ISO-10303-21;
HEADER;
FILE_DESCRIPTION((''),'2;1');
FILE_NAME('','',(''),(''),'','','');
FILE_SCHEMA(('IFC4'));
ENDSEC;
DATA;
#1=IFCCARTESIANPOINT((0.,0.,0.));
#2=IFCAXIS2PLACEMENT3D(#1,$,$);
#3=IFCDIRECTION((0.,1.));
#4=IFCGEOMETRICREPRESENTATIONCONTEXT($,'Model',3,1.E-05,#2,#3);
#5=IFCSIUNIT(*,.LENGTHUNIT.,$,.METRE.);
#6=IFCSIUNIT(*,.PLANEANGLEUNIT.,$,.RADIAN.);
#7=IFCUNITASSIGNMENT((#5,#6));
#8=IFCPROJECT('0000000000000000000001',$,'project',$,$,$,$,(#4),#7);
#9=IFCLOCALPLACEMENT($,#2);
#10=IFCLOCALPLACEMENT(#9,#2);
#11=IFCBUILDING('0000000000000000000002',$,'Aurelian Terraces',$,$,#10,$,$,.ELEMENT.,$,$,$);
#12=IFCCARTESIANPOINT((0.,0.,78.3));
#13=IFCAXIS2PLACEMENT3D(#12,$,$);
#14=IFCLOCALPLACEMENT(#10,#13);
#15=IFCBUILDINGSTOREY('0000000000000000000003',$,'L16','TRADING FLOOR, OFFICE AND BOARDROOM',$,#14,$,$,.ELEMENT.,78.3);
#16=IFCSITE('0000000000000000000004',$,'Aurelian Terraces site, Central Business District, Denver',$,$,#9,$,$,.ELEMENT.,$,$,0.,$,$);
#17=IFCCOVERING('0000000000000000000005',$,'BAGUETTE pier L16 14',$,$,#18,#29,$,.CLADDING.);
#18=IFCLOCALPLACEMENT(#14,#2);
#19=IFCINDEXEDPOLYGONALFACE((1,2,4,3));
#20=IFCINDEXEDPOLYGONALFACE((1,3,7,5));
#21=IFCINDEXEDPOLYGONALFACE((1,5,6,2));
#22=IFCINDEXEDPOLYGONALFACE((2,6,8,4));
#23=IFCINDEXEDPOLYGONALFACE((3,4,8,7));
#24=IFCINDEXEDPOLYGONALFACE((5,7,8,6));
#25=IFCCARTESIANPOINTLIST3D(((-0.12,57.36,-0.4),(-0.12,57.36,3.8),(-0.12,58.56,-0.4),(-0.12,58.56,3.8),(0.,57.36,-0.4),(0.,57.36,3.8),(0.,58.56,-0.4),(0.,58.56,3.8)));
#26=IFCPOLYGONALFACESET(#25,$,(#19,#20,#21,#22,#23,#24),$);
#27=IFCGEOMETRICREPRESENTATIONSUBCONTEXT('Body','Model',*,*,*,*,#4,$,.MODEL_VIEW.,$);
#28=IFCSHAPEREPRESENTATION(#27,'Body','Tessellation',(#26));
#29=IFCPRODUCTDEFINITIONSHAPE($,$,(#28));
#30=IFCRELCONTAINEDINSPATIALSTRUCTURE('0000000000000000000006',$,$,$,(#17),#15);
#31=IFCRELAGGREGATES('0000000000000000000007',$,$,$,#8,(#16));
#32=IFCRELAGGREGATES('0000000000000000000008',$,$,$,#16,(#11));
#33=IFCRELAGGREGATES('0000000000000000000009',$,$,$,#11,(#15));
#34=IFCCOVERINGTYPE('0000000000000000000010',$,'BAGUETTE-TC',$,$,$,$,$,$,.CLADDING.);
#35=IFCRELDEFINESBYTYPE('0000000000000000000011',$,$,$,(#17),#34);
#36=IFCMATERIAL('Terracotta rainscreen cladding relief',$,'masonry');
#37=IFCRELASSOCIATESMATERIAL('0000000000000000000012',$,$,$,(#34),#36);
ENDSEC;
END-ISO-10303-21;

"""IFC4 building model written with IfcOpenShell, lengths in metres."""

from ifc_helpers import new_model, si_unit, direction, frame, origin, origin_2d, place, context, subcontext, project, spatial, rectangle, extrude, source, transform, mapped, material, type_object, element, save


model = new_model("IFC4")

# Units and contexts
model_context = context("Model", 3, precision=1e-05, world=origin(), true_north=direction((0.0, 1.0)))
body_context = subcontext(model_context, "Body", "Model", "MODEL_VIEW")
ifc_project = project(units=[si_unit("LENGTHUNIT", "METRE"), si_unit("PLANEANGLEUNIT", "RADIAN")], contexts=[model_context])

# Site, building, storey
site_placement = place(None, origin())
site = spatial("IfcSite", under=ifc_project, at=site_placement, Name="Aurelian Terraces site, Central Business District, Denver", CompositionType="ELEMENT", RefElevation=0.0)
building_placement = place(site_placement, origin())
building = spatial("IfcBuilding", under=site, at=building_placement, Name="Aurelian Terraces", CompositionType="ELEMENT")
storey_placement = place(building_placement, frame((0.0, 0.0, 78.3)))
storey = spatial("IfcBuildingStorey", under=building, at=storey_placement, Name="L16", Description="TRADING FLOOR, OFFICE AND BOARDROOM", CompositionType="ELEMENT", Elevation=78.3)

# Covering
ifc_material_1 = material(Name="Terracotta rainscreen cladding relief", Category="masonry")
covering_type = type_object("IfcCoveringType", Name="BAGUETTE-TC", PredefinedType="CLADDING", material=ifc_material_1)
shared_shape_1 = source(origin(), body_context, "Body", "SweptSolid", [
    extrude(rectangle(XDim=0.12, YDim=1.2, at=origin_2d()), origin(), (0.0, 0.0, 1.0), 4.2),
])
covering_placement = place(storey_placement, frame((-0.06, 57.96, -0.4), z_axis=(0.0, 0.0, 1.0), x_axis=(1.0, 0.0, 0.0)))
element("IfcCovering", 1, at=covering_placement, inside=storey, type_object=covering_type, Name="BAGUETTE pier L16 14", PredefinedType="CLADDING", context=body_context, shape_type="MappedRepresentation", body=[
    mapped(shared_shape_1, transform((0.0, 0.0, 0.0), scale=1.0)),
])

save(model, "model.ifc")
